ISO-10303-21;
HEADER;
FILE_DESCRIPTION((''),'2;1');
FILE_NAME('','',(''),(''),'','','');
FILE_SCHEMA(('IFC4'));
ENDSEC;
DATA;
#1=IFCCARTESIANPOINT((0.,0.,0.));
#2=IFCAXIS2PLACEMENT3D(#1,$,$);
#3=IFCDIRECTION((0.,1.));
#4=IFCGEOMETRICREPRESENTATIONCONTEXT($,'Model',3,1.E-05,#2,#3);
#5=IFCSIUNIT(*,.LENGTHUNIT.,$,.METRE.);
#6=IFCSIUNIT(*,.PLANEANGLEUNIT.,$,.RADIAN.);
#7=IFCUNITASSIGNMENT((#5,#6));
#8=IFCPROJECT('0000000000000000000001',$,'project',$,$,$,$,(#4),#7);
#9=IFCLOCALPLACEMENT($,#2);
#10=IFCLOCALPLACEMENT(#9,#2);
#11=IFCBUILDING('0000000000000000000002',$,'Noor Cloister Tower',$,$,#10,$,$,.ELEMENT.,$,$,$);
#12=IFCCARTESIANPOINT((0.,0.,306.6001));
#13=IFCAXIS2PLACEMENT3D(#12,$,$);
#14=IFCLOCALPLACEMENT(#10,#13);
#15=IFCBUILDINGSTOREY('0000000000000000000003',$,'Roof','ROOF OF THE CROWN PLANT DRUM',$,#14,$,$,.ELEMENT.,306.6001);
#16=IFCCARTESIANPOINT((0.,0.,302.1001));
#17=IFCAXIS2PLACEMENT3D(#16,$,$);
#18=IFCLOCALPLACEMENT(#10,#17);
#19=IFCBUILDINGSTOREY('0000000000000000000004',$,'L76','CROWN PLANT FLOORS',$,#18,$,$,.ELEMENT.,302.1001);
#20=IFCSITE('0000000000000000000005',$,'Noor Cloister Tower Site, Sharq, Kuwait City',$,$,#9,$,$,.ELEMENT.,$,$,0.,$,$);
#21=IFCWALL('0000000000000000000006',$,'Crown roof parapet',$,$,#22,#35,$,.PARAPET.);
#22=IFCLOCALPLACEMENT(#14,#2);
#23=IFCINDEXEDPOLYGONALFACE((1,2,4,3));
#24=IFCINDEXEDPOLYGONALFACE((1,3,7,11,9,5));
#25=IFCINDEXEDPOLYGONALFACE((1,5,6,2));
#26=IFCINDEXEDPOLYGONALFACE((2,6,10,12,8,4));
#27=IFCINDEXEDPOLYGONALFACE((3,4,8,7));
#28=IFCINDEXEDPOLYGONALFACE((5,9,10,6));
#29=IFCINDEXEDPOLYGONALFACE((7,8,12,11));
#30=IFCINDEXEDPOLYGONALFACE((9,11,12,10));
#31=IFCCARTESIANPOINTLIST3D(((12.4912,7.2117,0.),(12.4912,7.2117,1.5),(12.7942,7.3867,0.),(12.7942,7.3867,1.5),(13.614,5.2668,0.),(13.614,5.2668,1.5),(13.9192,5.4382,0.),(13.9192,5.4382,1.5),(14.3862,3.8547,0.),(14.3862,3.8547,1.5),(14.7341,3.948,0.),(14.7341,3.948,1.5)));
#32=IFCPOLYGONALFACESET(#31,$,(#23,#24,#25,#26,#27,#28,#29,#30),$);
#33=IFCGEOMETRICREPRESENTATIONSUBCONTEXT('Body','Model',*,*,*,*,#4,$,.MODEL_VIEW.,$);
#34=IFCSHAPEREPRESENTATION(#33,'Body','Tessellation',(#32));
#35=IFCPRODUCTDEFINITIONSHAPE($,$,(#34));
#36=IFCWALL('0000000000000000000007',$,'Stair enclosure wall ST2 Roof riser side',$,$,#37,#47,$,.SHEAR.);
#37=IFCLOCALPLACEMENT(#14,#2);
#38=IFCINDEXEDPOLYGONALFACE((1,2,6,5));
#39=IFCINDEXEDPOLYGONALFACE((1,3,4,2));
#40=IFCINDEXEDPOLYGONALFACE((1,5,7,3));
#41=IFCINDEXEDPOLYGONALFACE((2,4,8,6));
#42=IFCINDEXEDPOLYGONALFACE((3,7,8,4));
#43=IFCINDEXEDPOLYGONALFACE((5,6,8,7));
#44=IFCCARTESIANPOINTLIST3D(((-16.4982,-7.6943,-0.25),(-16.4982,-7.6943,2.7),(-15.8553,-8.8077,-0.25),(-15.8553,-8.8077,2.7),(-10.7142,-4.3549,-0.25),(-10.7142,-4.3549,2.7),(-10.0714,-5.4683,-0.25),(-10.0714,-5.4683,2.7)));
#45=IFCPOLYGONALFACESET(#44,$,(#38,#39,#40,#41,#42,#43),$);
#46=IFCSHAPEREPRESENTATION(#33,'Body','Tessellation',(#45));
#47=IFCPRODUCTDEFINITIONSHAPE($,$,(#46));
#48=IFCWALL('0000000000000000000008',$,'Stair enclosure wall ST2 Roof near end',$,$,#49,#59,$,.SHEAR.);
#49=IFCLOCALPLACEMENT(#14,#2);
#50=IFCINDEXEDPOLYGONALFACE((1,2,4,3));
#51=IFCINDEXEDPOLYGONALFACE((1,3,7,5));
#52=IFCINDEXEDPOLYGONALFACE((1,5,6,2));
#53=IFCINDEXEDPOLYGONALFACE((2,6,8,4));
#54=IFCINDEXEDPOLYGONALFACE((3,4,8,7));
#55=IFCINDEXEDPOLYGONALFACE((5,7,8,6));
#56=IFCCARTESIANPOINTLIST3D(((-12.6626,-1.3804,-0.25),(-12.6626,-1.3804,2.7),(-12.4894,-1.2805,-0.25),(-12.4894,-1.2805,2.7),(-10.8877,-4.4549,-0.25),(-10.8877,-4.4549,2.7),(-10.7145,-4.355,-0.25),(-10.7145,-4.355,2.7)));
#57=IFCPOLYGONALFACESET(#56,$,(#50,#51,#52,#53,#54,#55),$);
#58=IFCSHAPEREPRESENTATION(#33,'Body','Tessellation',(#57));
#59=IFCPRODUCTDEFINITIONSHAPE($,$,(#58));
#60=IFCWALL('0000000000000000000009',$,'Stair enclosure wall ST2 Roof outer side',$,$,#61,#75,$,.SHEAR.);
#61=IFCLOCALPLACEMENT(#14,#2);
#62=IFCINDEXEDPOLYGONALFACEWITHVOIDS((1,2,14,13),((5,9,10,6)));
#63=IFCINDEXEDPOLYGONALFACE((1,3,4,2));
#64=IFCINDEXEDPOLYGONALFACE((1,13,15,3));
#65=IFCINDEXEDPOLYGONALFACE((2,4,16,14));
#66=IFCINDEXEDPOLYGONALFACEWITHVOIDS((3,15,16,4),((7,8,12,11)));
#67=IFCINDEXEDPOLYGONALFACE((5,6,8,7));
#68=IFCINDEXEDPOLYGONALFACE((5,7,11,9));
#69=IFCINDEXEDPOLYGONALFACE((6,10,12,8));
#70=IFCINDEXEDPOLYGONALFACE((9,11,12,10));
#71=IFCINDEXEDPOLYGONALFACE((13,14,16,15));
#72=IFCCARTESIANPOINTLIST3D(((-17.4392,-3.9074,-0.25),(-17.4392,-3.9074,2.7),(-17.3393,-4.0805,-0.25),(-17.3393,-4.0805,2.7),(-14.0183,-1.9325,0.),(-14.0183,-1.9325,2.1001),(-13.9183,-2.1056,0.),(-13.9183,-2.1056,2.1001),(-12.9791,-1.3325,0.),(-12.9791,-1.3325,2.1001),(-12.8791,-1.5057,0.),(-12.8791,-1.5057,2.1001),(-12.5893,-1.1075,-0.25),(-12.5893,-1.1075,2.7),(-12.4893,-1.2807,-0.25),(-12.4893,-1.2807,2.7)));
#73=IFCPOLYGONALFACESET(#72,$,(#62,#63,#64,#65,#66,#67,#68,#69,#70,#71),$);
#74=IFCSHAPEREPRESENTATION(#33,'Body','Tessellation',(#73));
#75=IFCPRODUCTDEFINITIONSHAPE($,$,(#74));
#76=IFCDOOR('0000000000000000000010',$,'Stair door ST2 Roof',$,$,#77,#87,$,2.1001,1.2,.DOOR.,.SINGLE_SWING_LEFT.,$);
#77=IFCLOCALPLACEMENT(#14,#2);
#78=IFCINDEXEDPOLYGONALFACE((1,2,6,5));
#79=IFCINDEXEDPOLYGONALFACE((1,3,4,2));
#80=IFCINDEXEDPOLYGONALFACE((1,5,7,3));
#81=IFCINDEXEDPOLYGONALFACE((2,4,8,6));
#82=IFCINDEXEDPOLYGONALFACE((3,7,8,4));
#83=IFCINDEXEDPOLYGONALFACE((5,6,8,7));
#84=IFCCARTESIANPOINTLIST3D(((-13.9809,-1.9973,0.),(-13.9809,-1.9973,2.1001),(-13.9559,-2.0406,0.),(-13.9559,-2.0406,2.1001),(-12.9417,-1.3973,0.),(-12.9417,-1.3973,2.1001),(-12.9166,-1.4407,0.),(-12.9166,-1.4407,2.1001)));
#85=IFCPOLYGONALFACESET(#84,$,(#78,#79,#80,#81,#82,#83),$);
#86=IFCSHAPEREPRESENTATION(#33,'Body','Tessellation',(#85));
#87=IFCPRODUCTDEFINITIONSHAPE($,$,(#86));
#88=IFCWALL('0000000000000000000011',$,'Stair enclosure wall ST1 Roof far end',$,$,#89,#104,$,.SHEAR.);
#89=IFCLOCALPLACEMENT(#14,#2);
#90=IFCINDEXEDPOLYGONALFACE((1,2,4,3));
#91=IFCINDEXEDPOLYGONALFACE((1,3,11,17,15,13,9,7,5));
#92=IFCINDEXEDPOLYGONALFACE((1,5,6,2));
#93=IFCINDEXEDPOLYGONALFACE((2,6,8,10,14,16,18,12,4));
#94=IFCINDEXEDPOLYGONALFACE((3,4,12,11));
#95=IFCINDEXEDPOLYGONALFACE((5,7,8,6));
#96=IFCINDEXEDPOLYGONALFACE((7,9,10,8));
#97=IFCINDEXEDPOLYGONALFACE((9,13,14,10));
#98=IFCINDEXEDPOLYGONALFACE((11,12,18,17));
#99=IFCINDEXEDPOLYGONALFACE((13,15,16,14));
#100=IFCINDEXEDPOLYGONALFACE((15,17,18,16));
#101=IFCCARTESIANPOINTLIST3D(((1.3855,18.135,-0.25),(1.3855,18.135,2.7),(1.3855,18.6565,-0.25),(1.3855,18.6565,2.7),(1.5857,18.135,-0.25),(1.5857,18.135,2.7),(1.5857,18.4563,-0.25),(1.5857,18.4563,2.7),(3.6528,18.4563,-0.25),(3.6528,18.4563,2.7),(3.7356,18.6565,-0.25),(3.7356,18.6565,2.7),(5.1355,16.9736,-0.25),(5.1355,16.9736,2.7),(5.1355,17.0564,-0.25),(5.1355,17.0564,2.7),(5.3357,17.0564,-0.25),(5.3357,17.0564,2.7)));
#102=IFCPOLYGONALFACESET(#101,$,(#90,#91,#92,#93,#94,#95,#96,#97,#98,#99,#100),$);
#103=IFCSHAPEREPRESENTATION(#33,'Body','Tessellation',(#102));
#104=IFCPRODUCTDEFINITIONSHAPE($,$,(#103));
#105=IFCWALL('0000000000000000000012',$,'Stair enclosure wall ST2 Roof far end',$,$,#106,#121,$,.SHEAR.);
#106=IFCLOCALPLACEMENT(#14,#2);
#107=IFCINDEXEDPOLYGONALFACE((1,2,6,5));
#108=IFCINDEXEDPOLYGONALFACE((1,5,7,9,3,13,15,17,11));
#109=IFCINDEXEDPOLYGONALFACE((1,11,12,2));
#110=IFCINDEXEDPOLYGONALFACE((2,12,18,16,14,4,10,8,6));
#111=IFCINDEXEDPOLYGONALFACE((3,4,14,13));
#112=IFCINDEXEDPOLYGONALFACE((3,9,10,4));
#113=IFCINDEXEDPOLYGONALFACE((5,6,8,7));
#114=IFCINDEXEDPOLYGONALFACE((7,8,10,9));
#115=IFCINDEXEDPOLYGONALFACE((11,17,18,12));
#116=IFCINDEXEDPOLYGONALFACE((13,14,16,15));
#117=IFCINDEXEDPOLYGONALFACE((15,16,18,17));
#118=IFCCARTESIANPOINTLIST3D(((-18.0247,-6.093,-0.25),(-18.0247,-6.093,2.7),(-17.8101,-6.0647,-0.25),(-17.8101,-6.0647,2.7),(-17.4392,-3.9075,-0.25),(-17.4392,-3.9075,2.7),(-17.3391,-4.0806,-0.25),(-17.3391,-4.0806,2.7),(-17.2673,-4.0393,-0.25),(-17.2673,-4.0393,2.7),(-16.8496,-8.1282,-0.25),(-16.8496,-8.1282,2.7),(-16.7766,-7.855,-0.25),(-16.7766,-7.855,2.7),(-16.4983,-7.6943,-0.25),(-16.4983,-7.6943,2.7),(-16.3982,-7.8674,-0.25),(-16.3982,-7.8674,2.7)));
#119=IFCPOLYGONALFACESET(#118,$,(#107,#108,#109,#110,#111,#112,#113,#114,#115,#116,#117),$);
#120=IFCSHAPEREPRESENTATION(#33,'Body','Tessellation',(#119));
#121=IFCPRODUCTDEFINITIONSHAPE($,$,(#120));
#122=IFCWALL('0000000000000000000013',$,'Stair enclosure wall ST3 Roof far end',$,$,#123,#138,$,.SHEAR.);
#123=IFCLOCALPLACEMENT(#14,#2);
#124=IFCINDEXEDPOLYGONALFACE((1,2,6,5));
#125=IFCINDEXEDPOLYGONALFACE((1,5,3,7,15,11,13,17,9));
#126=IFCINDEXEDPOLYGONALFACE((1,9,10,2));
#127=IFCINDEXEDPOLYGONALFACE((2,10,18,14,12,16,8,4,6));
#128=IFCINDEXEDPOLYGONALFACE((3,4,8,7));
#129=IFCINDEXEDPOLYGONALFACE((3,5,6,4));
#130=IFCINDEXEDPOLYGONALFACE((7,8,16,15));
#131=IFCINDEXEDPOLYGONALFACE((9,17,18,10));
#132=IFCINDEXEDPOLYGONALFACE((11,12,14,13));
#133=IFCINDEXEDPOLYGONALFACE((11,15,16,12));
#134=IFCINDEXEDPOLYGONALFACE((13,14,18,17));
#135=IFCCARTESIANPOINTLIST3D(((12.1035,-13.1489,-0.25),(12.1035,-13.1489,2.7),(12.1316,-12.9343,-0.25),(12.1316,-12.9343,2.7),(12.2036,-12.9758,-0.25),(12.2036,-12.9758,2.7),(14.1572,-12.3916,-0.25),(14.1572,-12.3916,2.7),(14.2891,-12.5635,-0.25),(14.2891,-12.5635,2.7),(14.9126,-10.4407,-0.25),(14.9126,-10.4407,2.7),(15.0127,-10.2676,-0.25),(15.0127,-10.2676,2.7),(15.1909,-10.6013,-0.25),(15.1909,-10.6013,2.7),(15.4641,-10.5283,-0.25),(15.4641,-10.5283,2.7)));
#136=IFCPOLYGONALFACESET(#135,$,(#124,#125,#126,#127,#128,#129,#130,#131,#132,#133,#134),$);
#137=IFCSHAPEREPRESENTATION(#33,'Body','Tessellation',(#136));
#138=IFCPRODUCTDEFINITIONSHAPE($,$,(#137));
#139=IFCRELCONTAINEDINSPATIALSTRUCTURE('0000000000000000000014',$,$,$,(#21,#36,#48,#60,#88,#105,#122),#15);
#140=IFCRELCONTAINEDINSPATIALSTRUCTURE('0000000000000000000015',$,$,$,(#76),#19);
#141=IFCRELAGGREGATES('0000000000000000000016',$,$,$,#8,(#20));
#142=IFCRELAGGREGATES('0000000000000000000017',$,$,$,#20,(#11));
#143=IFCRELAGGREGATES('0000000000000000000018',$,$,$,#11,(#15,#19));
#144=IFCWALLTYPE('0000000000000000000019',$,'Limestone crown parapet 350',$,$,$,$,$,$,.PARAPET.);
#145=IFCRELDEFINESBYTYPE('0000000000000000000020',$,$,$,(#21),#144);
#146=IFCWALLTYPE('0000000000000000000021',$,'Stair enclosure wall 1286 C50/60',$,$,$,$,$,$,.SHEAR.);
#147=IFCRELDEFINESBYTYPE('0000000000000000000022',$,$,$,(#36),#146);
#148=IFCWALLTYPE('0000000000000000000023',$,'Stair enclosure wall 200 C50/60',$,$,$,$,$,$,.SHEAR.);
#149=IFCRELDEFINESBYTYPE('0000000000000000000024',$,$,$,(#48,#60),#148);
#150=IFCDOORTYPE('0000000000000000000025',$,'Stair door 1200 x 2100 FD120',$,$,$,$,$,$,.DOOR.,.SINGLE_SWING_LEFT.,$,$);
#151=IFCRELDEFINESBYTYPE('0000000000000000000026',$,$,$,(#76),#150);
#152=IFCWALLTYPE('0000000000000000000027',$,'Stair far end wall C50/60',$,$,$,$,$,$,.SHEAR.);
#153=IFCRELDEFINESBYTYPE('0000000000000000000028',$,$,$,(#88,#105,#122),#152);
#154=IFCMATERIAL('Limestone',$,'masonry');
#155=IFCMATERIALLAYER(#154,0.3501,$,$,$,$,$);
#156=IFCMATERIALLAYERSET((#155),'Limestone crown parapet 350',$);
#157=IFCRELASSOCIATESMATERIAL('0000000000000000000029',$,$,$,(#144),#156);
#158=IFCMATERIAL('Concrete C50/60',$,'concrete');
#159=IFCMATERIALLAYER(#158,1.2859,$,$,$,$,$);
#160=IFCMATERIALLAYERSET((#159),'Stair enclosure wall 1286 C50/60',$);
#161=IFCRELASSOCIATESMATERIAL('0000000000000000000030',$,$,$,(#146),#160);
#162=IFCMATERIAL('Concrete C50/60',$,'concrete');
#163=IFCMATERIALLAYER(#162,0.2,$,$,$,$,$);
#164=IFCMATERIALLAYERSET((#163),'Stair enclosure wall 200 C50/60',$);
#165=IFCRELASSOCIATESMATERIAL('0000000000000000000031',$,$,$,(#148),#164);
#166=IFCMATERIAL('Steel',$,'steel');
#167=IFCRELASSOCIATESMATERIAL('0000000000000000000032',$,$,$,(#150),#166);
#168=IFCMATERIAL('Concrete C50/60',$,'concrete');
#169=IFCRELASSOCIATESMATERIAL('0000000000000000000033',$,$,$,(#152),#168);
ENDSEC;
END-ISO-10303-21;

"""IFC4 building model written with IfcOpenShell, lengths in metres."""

from ifc_helpers import new_model, si_unit, direction, frame, frame_2d, origin, place, context, subcontext, project, spatial, polyline, rectangle, outline, extrude, material, layer, layer_set, type_object, element, fill, save


model = new_model("IFC4")

# Units and contexts
model_context = context("Model", 3, precision=1e-05, world=origin(), true_north=direction((0.0, 1.0)))
body_context = subcontext(model_context, "Body", "Model", "MODEL_VIEW")
ifc_project = project(units=[si_unit("LENGTHUNIT", "METRE"), si_unit("PLANEANGLEUNIT", "RADIAN")], contexts=[model_context])

# Site, building, storey
site_placement = place(None, origin())
site = spatial("IfcSite", under=ifc_project, at=site_placement, Name="Noor Cloister Tower Site, Sharq, Kuwait City", CompositionType="ELEMENT", RefElevation=0.0)
building_placement = place(site_placement, origin())
building = spatial("IfcBuilding", under=site, at=building_placement, Name="Noor Cloister Tower", CompositionType="ELEMENT")
storey_1_placement = place(building_placement, frame((0.0, 0.0, 306.6001)))
storey_1 = spatial("IfcBuildingStorey", under=building, at=storey_1_placement, Name="Roof", Description="ROOF OF THE CROWN PLANT DRUM", CompositionType="ELEMENT", Elevation=306.6001)

# Walls
ifc_material_1 = material(Name="Limestone", Category="masonry")
ifc_layer_1 = layer(ifc_material_1, 0.3501)
ifc_layer_set_1 = layer_set([ifc_layer_1], Name="Limestone crown parapet 350")
wall_type_1 = type_object("IfcWallType", Name="Limestone crown parapet 350", PredefinedType="PARAPET", material=ifc_layer_set_1)
wall_1_placement = place(storey_1_placement, origin())
element("IfcWall", 1, at=wall_1_placement, inside=storey_1, type_object=wall_type_1, Name="Crown roof parapet", PredefinedType="PARAPET", context=body_context, shape_type="SweptSolid", body=[
    extrude(outline(polyline([(12.7942, 7.3867), (12.4912, 7.2117), (13.614, 5.2668), (14.3862, 3.8547), (14.7341, 3.948), (13.9192, 5.4382), (12.7942, 7.3867)])), origin(), (0.0, 0.0, 1.0), 1.5),
])
ifc_material_2 = material(Name="Concrete C50/60", Category="concrete")
ifc_layer_2 = layer(ifc_material_2, 1.2859)
ifc_layer_set_2 = layer_set([ifc_layer_2], Name="Stair enclosure wall 1286 C50/60")
wall_type_2 = type_object("IfcWallType", Name="Stair enclosure wall 1286 C50/60", PredefinedType="SHEAR", material=ifc_layer_set_2)
wall_2_placement = place(storey_1_placement, frame((-10.3928, -4.9116, -0.25), z_axis=(0.0, 0.0, 1.0), x_axis=(-0.866025, -0.5, 0.0)))
element("IfcWall", 2, at=wall_2_placement, inside=storey_1, type_object=wall_type_2, Name="Stair enclosure wall ST2 Roof riser side", PredefinedType="SHEAR", context=body_context, shape_type="SweptSolid", body=[
    extrude(rectangle(XDim=6.6787, YDim=1.2856, at=frame_2d((3.3394, 0.0))), origin(), (0.0, 0.0, 1.0), 2.95),
])
ifc_material_3 = material(Name="Concrete C50/60", Category="concrete")
ifc_layer_3 = layer(ifc_material_3, 0.2)
ifc_layer_set_3 = layer_set([ifc_layer_3], Name="Stair enclosure wall 200 C50/60")
wall_type_3 = type_object("IfcWallType", Name="Stair enclosure wall 200 C50/60", PredefinedType="SHEAR", material=ifc_layer_set_3)
wall_3_placement = place(storey_1_placement, frame((-12.5759, -1.3306, -0.25), z_axis=(0.0, 0.0, 1.0), x_axis=(0.49997, -0.866042, 0.0)))
element("IfcWall", 3, at=wall_3_placement, inside=storey_1, type_object=wall_type_3, Name="Stair enclosure wall ST2 Roof near end", PredefinedType="SHEAR", context=body_context, shape_type="SweptSolid", body=[
    extrude(rectangle(XDim=3.55, YDim=0.2, at=frame_2d((1.7749, 0.0))), origin(), (0.0, 0.0, 1.0), 2.95),
])

# Wall, opening
wall_4_placement = place(storey_1_placement, frame((-12.5393, -1.1941, -0.25), z_axis=(0.0, 0.0, 1.0), x_axis=(-0.866045, -0.499965, 0.0)))
wall_4 = element("IfcWall", 4, at=wall_4_placement, inside=storey_1, type_object=wall_type_3, Name="Stair enclosure wall ST2 Roof outer side", PredefinedType="SHEAR", context=body_context, shape_type="SweptSolid", body=[
    extrude(rectangle(XDim=5.6001, YDim=0.2, at=frame_2d((2.8, 0.0))), origin(), (0.0, 0.0, 1.0), 2.95),
])
opening_placement = place(wall_4_placement, frame((0.45, 0.0, 0.25)))
opening = element("IfcOpeningElement", 5, at=opening_placement, cuts=wall_4, PredefinedType="OPENING", context=body_context, shape_type="SweptSolid", body=[
    extrude(rectangle(XDim=1.2, YDim=2.1001, at=frame_2d((0.6001, 1.05))), frame((0.0, 0.1099, 0.0), z_axis=(0.0, -1.0, 0.0), x_axis=(1.0, 0.0, 0.0)), (0.0, 0.0, 1.0), 0.22),
])

# Shared definitions
storey_2_placement = place(building_placement, frame((0.0, 0.0, 302.1001)))
storey_2 = spatial("IfcBuildingStorey", under=building, at=storey_2_placement, Name="L76", Description="CROWN PLANT FLOORS", CompositionType="ELEMENT", Elevation=302.1001)

# Door
ifc_material_4 = material(Name="Steel", Category="steel")
door_type = type_object("IfcDoorType", Name="Stair door 1200 x 2100 FD120", OperationType="SINGLE_SWING_LEFT", PredefinedType="DOOR", material=ifc_material_4)
door_placement = place(opening_placement, origin())
door = element("IfcDoor", 6, at=door_placement, inside=storey_2, type_object=door_type, Name="Stair door ST2 Roof", OperationType="SINGLE_SWING_LEFT", OverallHeight=2.1001, OverallWidth=1.2, PredefinedType="DOOR", context=body_context, shape_type="SweptSolid", body=[
    extrude(rectangle(XDim=1.2, YDim=2.1001, at=frame_2d((0.6001, 1.05))), frame((0.0, 0.0249, 0.0), z_axis=(0.0, -1.0, 0.0), x_axis=(1.0, 0.0, 0.0)), (0.0, 0.0, 1.0), 0.05),
])
fill(opening, door)

# Walls
ifc_material_5 = material(Name="Concrete C50/60", Category="concrete")
wall_type_4 = type_object("IfcWallType", Name="Stair far end wall C50/60", PredefinedType="SHEAR", material=ifc_material_5)
wall_5_placement = place(storey_1_placement, frame((0.0, 0.0, -0.25)))
element("IfcWall", 7, at=wall_5_placement, inside=storey_1, type_object=wall_type_4, Name="Stair enclosure wall ST1 Roof far end", PredefinedType="SHEAR", context=body_context, shape_type="SweptSolid", body=[
    extrude(outline(polyline([(5.3357, 17.0564), (3.7356, 18.6565), (1.3855, 18.6565), (1.3855, 18.135), (1.5857, 18.135), (1.5857, 18.4563), (3.6528, 18.4563), (5.1355, 16.9736), (5.1355, 17.0564), (5.1355, 17.0564), (5.1355, 17.0564), (5.1355, 17.0564), (5.1355, 17.0564), (5.1355, 17.0564), (5.1355, 17.0564), (5.1355, 17.0564), (5.1355, 17.0564), (5.1355, 17.0564), (5.1355, 17.0564), (5.1355, 17.0564), (5.1355, 17.0564), (5.1355, 17.0564), (5.1355, 17.0564), (5.1355, 17.0564), (5.1355, 17.0564), (5.3357, 17.0564)])), origin(), (0.0, 0.0, 1.0), 2.95),
])
wall_6_placement = place(storey_1_placement, frame((0.0, 0.0, -0.25)))
element("IfcWall", 8, at=wall_6_placement, inside=storey_1, type_object=wall_type_4, Name="Stair enclosure wall ST2 Roof far end", PredefinedType="SHEAR", context=body_context, shape_type="SweptSolid", body=[
    extrude(outline(polyline([(-17.4392, -3.9075), (-18.0247, -6.093), (-16.8496, -8.1282), (-16.3982, -7.8674), (-16.4983, -7.6943), (-16.4983, -7.6943), (-16.7766, -7.855), (-17.8101, -6.0647), (-17.2673, -4.0393), (-17.3391, -4.0806), (-17.3391, -4.0806), (-17.3391, -4.0806), (-17.3391, -4.0806), (-17.3391, -4.0806), (-17.3391, -4.0806), (-17.3391, -4.0806), (-17.3391, -4.0806), (-17.3391, -4.0806), (-17.3391, -4.0806), (-17.3391, -4.0806), (-17.3391, -4.0806), (-17.3391, -4.0806), (-17.3391, -4.0806), (-17.3391, -4.0806), (-17.3391, -4.0806), (-17.3391, -4.0806), (-17.4392, -3.9075)])), origin(), (0.0, 0.0, 1.0), 2.95),
])
wall_7_placement = place(storey_1_placement, frame((0.0, 0.0, -0.25)))
element("IfcWall", 9, at=wall_7_placement, inside=storey_1, type_object=wall_type_4, Name="Stair enclosure wall ST3 Roof far end", PredefinedType="SHEAR", context=body_context, shape_type="SweptSolid", body=[
    extrude(outline(polyline([(12.1035, -13.1489), (14.2891, -12.5635), (15.4641, -10.5283), (15.0127, -10.2676), (14.9126, -10.4407), (15.1909, -10.6013), (14.1572, -12.3916), (12.1316, -12.9343), (12.2036, -12.9758), (12.2036, -12.9758), (12.2036, -12.9758), (12.2036, -12.9758), (12.2036, -12.9758), (12.2036, -12.9758), (12.2036, -12.9758), (12.2036, -12.9758), (12.2036, -12.9758), (12.2036, -12.9758), (12.2036, -12.9758), (12.2036, -12.9758), (12.2036, -12.9758), (12.2036, -12.9758), (12.2036, -12.9758), (12.2036, -12.9758), (12.2036, -12.9758), (12.1035, -13.1489)])), origin(), (0.0, 0.0, 1.0), 2.95),
])

save(model, "model.ifc")
